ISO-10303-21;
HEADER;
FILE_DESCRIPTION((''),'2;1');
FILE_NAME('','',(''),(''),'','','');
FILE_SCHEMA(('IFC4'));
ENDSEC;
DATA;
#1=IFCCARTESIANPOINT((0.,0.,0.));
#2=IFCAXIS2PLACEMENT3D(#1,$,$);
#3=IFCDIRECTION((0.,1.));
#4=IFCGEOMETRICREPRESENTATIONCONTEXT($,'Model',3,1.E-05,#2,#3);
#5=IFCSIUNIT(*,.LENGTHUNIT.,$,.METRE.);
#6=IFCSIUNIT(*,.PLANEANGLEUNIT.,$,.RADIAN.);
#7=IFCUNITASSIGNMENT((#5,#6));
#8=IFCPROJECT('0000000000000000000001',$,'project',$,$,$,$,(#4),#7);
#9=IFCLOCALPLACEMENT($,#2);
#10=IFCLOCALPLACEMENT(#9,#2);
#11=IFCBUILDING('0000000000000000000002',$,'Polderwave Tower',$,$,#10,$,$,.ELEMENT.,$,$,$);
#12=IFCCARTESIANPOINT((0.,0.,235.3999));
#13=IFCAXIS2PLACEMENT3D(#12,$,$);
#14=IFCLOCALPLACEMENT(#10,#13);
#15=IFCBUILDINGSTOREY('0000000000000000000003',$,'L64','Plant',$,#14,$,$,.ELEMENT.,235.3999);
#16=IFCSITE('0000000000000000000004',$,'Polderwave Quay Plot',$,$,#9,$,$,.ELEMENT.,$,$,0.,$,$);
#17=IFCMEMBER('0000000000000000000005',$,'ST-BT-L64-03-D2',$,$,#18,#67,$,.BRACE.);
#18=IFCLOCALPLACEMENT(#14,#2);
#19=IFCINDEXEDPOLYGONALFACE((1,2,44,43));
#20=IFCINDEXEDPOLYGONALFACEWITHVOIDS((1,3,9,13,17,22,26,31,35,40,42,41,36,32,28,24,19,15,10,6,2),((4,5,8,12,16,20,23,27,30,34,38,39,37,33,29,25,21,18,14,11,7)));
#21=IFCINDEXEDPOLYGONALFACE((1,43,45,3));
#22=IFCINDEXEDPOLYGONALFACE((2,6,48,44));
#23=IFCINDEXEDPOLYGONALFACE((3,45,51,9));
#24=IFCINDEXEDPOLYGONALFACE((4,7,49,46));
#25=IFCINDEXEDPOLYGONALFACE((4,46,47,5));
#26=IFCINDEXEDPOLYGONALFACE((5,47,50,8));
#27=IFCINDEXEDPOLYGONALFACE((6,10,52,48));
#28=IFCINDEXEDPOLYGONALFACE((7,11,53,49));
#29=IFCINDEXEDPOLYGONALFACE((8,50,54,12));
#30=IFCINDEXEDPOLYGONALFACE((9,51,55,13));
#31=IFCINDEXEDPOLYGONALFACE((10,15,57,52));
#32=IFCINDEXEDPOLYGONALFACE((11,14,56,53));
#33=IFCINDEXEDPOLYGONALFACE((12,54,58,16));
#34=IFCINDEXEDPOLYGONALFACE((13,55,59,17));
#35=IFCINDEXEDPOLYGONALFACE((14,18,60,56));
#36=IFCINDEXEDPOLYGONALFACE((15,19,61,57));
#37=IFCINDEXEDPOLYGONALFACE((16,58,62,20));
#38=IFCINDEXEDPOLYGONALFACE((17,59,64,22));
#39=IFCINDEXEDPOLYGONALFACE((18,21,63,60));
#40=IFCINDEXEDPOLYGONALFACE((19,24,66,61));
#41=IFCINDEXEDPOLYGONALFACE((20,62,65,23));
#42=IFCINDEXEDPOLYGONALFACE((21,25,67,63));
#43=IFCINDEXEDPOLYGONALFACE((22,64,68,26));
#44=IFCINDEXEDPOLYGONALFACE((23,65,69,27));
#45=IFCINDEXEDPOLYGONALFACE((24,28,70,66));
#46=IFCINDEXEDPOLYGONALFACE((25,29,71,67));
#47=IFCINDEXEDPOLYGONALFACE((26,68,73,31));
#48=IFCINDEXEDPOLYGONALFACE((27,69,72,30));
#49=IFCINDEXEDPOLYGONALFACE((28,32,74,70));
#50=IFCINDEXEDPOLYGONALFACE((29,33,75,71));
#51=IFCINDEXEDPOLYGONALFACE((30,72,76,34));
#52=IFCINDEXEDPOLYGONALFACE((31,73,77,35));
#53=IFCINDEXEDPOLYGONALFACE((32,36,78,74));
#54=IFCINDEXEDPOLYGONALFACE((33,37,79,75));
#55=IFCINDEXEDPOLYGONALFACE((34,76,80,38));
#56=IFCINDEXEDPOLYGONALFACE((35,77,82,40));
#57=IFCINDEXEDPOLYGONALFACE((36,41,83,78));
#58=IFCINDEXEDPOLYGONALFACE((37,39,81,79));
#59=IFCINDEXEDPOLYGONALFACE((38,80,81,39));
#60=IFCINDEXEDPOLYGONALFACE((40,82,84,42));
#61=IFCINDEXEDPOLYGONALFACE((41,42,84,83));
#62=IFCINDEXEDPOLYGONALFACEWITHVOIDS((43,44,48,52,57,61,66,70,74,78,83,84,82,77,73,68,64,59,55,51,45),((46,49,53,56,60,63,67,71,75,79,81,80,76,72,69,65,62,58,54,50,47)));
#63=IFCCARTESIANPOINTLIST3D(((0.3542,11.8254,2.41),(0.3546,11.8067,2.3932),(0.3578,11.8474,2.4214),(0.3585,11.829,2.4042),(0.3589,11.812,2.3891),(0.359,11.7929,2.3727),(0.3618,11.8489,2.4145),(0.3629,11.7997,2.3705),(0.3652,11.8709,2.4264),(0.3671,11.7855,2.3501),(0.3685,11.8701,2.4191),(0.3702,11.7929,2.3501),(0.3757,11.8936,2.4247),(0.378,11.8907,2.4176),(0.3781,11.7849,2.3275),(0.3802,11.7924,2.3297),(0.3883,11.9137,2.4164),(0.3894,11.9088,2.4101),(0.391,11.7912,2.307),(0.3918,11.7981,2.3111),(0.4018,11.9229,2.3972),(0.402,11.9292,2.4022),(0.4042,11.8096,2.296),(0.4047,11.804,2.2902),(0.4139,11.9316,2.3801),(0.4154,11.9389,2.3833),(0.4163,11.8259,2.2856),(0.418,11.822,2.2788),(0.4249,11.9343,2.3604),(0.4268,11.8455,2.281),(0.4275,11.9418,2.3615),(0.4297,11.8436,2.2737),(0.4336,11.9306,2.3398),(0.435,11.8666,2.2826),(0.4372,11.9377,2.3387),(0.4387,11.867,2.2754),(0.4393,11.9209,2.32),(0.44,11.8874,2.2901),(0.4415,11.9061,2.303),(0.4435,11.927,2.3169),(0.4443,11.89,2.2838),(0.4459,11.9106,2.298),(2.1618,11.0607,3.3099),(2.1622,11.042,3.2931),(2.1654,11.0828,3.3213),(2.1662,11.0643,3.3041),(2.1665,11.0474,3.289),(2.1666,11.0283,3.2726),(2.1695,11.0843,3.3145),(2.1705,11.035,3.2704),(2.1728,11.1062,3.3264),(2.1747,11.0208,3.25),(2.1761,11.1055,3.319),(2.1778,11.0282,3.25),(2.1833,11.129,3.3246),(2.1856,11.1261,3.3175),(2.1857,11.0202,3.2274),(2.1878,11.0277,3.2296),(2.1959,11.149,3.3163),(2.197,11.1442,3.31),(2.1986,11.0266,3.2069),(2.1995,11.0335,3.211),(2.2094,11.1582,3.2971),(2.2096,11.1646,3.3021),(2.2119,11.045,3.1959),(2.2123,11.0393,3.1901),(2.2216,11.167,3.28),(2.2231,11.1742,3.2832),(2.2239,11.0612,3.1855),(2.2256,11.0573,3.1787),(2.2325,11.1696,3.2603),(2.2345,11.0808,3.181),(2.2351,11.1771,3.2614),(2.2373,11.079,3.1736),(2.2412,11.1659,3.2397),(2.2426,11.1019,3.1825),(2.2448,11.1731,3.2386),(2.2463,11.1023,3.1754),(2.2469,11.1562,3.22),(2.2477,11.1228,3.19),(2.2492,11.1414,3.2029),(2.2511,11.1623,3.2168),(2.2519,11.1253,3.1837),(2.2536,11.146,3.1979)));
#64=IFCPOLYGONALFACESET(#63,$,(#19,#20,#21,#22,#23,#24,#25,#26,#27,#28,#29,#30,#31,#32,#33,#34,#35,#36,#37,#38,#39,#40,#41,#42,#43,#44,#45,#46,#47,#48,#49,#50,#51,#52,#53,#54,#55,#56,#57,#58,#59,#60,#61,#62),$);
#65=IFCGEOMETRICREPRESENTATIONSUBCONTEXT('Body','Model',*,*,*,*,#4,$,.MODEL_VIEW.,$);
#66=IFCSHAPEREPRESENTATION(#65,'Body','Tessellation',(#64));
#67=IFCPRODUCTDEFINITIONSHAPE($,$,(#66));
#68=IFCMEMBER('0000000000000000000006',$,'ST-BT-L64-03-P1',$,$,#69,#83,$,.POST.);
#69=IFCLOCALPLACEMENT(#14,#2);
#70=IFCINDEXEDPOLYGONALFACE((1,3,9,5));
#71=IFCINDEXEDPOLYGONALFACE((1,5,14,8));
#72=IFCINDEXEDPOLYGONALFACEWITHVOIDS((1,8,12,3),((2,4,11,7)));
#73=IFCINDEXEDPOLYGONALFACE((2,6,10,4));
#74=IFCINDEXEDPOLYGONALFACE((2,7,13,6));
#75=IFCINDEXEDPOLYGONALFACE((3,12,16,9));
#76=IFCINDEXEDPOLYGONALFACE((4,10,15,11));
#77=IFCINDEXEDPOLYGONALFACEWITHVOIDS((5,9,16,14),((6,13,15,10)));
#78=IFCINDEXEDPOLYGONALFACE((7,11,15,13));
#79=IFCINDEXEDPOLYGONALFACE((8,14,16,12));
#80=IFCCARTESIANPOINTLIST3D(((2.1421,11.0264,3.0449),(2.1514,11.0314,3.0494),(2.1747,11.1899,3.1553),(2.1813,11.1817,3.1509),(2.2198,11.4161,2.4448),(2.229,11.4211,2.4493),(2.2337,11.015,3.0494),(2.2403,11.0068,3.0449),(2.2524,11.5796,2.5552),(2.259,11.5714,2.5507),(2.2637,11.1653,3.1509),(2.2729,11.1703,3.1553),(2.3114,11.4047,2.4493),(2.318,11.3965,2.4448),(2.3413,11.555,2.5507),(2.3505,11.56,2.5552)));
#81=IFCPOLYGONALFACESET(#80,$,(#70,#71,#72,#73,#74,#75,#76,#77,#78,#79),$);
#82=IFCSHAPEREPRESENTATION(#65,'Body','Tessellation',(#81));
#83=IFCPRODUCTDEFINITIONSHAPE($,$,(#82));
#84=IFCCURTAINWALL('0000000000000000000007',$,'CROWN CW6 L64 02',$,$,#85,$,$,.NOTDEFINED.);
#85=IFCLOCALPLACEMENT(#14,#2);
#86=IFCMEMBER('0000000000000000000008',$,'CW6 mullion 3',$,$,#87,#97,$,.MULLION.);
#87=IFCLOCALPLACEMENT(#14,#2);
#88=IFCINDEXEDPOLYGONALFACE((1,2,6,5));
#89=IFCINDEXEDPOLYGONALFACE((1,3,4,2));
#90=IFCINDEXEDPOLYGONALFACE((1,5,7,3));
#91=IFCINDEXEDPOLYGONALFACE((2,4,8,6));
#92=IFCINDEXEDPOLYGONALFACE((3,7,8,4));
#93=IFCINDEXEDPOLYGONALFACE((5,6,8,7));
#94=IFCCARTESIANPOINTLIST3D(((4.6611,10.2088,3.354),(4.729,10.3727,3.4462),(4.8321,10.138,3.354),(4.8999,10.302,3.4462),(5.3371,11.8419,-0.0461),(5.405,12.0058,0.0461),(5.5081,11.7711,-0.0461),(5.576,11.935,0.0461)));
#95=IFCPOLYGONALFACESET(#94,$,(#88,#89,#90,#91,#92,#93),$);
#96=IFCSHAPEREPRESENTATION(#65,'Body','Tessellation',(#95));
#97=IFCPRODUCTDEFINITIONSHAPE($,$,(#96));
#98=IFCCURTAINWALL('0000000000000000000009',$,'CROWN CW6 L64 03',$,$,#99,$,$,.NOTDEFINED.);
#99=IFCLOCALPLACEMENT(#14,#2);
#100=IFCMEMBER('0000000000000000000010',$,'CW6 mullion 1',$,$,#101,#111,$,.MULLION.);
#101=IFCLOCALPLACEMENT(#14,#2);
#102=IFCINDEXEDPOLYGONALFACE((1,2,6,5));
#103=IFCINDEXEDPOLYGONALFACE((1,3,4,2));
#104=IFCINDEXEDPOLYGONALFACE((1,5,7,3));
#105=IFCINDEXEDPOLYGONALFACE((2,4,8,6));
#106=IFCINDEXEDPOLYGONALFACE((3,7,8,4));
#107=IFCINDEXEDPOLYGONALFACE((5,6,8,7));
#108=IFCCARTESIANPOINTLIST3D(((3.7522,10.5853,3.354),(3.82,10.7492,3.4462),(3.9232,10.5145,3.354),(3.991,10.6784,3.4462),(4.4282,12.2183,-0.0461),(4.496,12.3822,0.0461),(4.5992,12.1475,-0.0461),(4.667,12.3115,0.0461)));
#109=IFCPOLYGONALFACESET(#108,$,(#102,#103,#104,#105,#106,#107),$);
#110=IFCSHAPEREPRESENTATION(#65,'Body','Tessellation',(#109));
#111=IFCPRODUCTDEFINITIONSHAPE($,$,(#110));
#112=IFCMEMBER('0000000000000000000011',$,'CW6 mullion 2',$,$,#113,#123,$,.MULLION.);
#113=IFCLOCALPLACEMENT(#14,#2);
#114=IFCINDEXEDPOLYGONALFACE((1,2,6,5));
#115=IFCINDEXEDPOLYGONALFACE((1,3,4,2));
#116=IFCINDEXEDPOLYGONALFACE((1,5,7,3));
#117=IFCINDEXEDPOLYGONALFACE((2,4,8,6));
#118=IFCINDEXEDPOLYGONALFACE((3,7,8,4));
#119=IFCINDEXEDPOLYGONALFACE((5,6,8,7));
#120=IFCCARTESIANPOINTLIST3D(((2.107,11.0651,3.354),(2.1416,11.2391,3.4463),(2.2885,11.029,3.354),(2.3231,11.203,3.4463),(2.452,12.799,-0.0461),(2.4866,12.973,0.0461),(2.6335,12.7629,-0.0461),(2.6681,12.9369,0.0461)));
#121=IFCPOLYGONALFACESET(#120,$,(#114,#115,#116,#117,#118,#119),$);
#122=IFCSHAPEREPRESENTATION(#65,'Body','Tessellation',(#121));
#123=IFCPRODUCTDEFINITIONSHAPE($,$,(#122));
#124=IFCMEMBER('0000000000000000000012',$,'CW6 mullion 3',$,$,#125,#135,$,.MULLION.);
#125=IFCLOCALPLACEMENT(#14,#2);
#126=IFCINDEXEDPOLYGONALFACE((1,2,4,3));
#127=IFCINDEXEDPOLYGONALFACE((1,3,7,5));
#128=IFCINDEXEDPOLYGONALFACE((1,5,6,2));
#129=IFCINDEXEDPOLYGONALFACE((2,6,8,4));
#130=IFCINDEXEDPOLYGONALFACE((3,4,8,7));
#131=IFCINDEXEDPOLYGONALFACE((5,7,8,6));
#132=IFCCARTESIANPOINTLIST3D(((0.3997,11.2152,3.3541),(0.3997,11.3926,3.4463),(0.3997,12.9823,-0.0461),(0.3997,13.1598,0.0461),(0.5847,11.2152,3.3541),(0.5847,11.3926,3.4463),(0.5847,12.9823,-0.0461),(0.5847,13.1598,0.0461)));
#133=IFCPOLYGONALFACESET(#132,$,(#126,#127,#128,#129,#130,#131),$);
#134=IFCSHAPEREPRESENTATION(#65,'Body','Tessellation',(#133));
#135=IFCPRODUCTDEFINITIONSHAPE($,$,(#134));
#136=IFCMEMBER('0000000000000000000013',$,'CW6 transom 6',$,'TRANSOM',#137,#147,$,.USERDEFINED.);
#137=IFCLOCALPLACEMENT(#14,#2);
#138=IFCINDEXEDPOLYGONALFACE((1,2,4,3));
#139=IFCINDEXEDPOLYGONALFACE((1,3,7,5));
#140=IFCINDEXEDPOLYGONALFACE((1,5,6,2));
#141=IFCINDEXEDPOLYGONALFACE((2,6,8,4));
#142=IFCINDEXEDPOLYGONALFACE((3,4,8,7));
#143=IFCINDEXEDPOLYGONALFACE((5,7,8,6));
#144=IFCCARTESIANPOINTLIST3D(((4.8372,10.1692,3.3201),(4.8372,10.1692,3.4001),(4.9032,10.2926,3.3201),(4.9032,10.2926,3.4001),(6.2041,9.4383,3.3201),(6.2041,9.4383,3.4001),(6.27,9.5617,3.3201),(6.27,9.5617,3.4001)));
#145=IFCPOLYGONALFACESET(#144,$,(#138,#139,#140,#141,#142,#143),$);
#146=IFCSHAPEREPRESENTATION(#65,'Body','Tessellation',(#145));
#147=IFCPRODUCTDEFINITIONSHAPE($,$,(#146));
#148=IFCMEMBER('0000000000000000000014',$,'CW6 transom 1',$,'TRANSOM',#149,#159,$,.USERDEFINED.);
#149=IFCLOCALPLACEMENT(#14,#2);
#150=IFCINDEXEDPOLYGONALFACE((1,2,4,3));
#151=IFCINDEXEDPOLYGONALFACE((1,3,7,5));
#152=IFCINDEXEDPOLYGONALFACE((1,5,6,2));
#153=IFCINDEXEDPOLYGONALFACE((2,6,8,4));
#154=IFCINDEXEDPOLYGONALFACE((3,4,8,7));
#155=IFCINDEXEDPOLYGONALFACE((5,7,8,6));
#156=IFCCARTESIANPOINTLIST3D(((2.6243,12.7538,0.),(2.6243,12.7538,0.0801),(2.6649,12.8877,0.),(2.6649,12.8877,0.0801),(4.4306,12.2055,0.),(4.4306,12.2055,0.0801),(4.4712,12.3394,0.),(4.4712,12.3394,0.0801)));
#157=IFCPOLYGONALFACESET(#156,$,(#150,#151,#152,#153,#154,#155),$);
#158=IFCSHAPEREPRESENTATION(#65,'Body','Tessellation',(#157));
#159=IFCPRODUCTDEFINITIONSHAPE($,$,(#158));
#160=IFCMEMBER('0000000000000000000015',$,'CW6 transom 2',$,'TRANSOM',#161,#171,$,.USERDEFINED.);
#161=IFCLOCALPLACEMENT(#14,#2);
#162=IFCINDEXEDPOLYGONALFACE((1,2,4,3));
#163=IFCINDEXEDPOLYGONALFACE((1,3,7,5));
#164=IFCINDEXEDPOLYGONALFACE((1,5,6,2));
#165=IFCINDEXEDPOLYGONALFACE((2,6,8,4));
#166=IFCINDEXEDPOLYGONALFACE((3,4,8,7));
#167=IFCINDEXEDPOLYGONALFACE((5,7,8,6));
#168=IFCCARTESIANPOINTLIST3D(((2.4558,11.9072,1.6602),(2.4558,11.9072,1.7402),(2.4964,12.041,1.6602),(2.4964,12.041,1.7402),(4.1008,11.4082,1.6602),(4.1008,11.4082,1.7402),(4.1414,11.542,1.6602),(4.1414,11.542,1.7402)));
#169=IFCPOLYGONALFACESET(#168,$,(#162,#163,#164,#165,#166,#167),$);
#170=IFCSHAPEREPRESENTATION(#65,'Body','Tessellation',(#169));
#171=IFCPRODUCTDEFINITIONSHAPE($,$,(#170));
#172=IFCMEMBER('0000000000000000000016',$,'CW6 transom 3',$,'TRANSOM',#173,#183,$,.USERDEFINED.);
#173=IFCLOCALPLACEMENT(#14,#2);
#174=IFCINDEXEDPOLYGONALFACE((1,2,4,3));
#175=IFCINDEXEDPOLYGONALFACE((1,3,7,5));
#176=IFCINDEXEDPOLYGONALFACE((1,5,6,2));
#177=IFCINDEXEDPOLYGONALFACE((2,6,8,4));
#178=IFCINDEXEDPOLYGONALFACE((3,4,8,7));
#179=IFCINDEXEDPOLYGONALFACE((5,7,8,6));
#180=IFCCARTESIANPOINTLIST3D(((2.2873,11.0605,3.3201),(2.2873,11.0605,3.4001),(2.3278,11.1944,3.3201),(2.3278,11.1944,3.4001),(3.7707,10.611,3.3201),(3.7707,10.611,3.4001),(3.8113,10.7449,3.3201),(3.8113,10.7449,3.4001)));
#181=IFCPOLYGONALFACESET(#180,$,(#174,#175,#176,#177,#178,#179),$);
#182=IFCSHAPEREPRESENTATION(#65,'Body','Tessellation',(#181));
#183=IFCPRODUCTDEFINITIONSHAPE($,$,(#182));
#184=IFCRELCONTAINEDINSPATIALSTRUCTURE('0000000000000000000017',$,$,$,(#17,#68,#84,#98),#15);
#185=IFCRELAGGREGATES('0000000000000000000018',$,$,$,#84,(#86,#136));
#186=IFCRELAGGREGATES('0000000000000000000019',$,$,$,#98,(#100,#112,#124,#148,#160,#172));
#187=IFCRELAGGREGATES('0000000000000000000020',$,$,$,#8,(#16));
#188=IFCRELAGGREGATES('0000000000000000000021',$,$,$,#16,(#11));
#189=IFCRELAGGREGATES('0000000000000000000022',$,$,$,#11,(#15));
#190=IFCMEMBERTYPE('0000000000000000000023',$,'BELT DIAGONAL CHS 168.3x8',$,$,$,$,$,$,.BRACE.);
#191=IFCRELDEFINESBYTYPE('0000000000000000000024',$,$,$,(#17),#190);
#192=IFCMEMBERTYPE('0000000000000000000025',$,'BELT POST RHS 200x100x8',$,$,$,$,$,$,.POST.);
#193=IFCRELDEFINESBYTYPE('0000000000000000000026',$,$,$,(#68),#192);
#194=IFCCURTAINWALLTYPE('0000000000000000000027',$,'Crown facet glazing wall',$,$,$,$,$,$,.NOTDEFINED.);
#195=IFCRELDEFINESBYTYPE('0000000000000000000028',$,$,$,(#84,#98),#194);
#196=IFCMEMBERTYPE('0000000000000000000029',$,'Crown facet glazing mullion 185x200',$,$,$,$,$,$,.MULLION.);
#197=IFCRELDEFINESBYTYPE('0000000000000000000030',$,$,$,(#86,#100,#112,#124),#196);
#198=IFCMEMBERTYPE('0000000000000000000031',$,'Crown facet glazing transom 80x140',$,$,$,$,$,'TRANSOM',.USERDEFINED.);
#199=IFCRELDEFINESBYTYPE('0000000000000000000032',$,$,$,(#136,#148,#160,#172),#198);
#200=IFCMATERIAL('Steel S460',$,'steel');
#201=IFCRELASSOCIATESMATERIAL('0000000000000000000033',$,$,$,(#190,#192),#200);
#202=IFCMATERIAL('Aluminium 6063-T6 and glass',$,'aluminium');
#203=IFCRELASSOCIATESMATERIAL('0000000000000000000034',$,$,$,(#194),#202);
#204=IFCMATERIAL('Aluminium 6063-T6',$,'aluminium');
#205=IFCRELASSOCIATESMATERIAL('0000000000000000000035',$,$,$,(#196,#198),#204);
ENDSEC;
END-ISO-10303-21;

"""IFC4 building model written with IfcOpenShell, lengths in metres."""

from ifc_helpers import new_model, si_unit, direction, frame, origin, origin_2d, place, context, subcontext, project, spatial, rectangle, hollow_rectangle, hollow_circle, extrude, material, material_profile, profile_set, type_object, element, aggregate, save


model = new_model("IFC4")

# Units and contexts
model_context = context("Model", 3, precision=1e-05, world=origin(), true_north=direction((0.0, 1.0)))
body_context = subcontext(model_context, "Body", "Model", "MODEL_VIEW")
ifc_project = project(units=[si_unit("LENGTHUNIT", "METRE"), si_unit("PLANEANGLEUNIT", "RADIAN")], contexts=[model_context])

# Site, building, storey
site_placement = place(None, origin())
site = spatial("IfcSite", under=ifc_project, at=site_placement, Name="Polderwave Quay Plot", CompositionType="ELEMENT", RefElevation=0.0)
building_placement = place(site_placement, origin())
building = spatial("IfcBuilding", under=site, at=building_placement, Name="Polderwave Tower", CompositionType="ELEMENT")
storey_placement = place(building_placement, frame((0.0, 0.0, 235.3999)))
storey = spatial("IfcBuildingStorey", under=building, at=storey_placement, Name="L64", Description="Plant", CompositionType="ELEMENT", Elevation=235.3999)

# Members
ifc_material_1 = material(Name="Steel S460", Category="steel")
ifc_material_profile_1 = material_profile(ifc_material_1, hollow_circle(Radius=0.0842, WallThickness=0.0081, at=origin_2d()), Name="CHS 168.3x8")
ifc_profile_set_1 = profile_set([ifc_material_profile_1], Name="Steel S460")
member_type_1 = type_object("IfcMemberType", Name="BELT DIAGONAL CHS 168.3x8", PredefinedType="BRACE", material=ifc_profile_set_1)
for number, where, z_axis, x_axis, name in (
    (1, (2.2075, 11.0984, 3.25), (-0.837184, 0.354141, -0.416783), (-0.389591, -0.920988, 0.0), "ST-BT-L64-03-D2"),
):
    element("IfcMember", number, at=place(storey_placement, frame(where, z_axis=z_axis, x_axis=x_axis)), inside=storey, type_object=member_type_1, Name=name, PredefinedType="BRACE", context=body_context, shape_type="SweptSolid", body=[
        extrude(hollow_circle(Radius=0.0842, WallThickness=0.0081, at=origin_2d()), origin(), (0.0, 0.0, 1.0), 2.1592),
    ])
ifc_material_profile_2 = material_profile(ifc_material_1, hollow_rectangle(XDim=0.1001, YDim=0.2, WallThickness=0.0081, at=origin_2d()), Name="RHS 200x100x8")
ifc_profile_set_2 = profile_set([ifc_material_profile_2], Name="Steel S460")
member_type_2 = type_object("IfcMemberType", Name="BELT POST RHS 200x100x8", PredefinedType="POST", material=ifc_profile_set_2)
member_1_placement = place(storey_placement, frame((2.2852, 11.488, 2.5), z_axis=(-0.107873, -0.541403, 0.833814), x_axis=(0.980722, -0.195407, 0.0)))
element("IfcMember", 2, at=member_1_placement, inside=storey, type_object=member_type_2, Name="ST-BT-L64-03-P1", PredefinedType="POST", context=body_context, shape_type="SweptSolid", body=[
    extrude(hollow_rectangle(XDim=0.1001, YDim=0.2, WallThickness=0.0081, at=origin_2d()), origin(), (0.0, 0.0, 1.0), 0.7197),
])

# Curtain wall, member
ifc_material_2 = material(Name="Aluminium 6063-T6 and glass", Category="aluminium")
curtain_wall_type = type_object("IfcCurtainWallType", Name="Crown facet glazing wall", PredefinedType="NOTDEFINED", material=ifc_material_2)
curtain_wall_1_placement = place(storey_placement, origin())
curtain_wall_1 = element("IfcCurtainWall", 3, at=curtain_wall_1_placement, inside=storey, type_object=curtain_wall_type, Name="CROWN CW6 L64 02", PredefinedType="NOTDEFINED")
ifc_material_3 = material(Name="Aluminium 6063-T6", Category="aluminium")
ifc_material_profile_3 = material_profile(ifc_material_3, rectangle(XDim=0.1851, YDim=0.2, at=origin_2d()), Name="AL 185x200")
ifc_profile_set_3 = profile_set([ifc_material_profile_3], Name="Aluminium 6063-T6")
member_type_3 = type_object("IfcMemberType", Name="Crown facet glazing mullion 185x200", PredefinedType="MULLION", material=ifc_profile_set_3)
member_2_placement = place(storey_placement, frame((5.4565, 11.8884, 0.0), z_axis=(-0.176412, -0.426153, 0.887284), x_axis=(0.923961, -0.382486, 0.0)))
member_2 = element("IfcMember", 4, at=member_2_placement, type_object=member_type_3, Name="CW6 mullion 3", PredefinedType="MULLION", context=body_context, shape_type="SweptSolid", body=[
    extrude(rectangle(XDim=0.1851, YDim=0.2, at=origin_2d()), origin(), (0.0, 0.0, 1.0), 3.832),
])

# Curtain wall, members
curtain_wall_2_placement = place(storey_placement, origin())
curtain_wall_2 = element("IfcCurtainWall", 5, at=curtain_wall_2_placement, inside=storey, type_object=curtain_wall_type, Name="CROWN CW6 L64 03", PredefinedType="NOTDEFINED")
member_3_placement = place(storey_placement, frame((4.5476, 12.2649, 0.0), z_axis=(-0.176412, -0.426153, 0.887284), x_axis=(0.923961, -0.382486, 0.0)))
member_3 = element("IfcMember", 6, at=member_3_placement, type_object=member_type_3, Name="CW6 mullion 1", PredefinedType="MULLION", context=body_context, shape_type="SweptSolid", body=[
    extrude(rectangle(XDim=0.1851, YDim=0.2, at=origin_2d()), origin(), (0.0, 0.0, 1.0), 3.832),
])
member_4_placement = place(storey_placement, frame((2.5601, 12.8679, 0.0), z_axis=(-0.090017, -0.452443, 0.887239), x_axis=(0.980777, -0.195133, 0.0)))
member_4 = element("IfcMember", 7, at=member_4_placement, type_object=member_type_3, Name="CW6 mullion 2", PredefinedType="MULLION", context=body_context, shape_type="SweptSolid", body=[
    extrude(rectangle(XDim=0.1851, YDim=0.2, at=origin_2d()), origin(), (0.0, 0.0, 1.0), 3.8323),
])
member_5_placement = place(storey_placement, frame((0.4922, 13.071, 0.0), z_axis=(0.0, -0.46115, 0.887322), x_axis=(1.0, 0.0, 0.0)))
member_5 = element("IfcMember", 8, at=member_5_placement, type_object=member_type_3, Name="CW6 mullion 3", PredefinedType="MULLION", context=body_context, shape_type="SweptSolid", body=[
    extrude(rectangle(XDim=0.1851, YDim=0.2, at=origin_2d()), origin(), (0.0, 0.0, 1.0), 3.832),
])

# Members
ifc_material_profile_4 = material_profile(ifc_material_3, rectangle(XDim=0.1399, YDim=0.0801, at=origin_2d()), Name="AL 80x140")
ifc_profile_set_4 = profile_set([ifc_material_profile_4], Name="Aluminium 6063-T6")
member_type_4 = type_object("IfcMemberType", Name="Crown facet glazing transom 80x140", ElementType="TRANSOM", PredefinedType="USERDEFINED", material=ifc_profile_set_4)
member_6_placement = place(storey_placement, frame((6.2371, 9.5, 3.3601), z_axis=(-0.881838, 0.471553, 0.0), x_axis=(-0.471553, -0.881838, 0.0)))
member_6 = element("IfcMember", 9, at=member_6_placement, type_object=member_type_4, Name="CW6 transom 6", ObjectType="TRANSOM", PredefinedType="USERDEFINED", context=body_context, shape_type="SweptSolid", body=[
    extrude(rectangle(XDim=0.1399, YDim=0.0801, at=origin_2d()), origin(), (0.0, 0.0, 1.0), 1.55),
])
aggregate(curtain_wall_1, [member_2, member_6])
member_7_placement = place(storey_placement, frame((4.4509, 12.2725, 0.04), z_axis=(-0.956885, 0.290467, 0.0), x_axis=(-0.290467, -0.956885, 0.0)))
member_7 = element("IfcMember", 10, at=member_7_placement, type_object=member_type_4, Name="CW6 transom 1", ObjectType="TRANSOM", PredefinedType="USERDEFINED", context=body_context, shape_type="SweptSolid", body=[
    extrude(rectangle(XDim=0.1399, YDim=0.0801, at=origin_2d()), origin(), (0.0, 0.0, 1.0), 1.8877),
])
member_8_placement = place(storey_placement, frame((4.1211, 11.4751, 1.7002), z_axis=(-0.956938, 0.290291, 0.0), x_axis=(-0.290291, -0.956938, 0.0)))
member_8 = element("IfcMember", 11, at=member_8_placement, type_object=member_type_4, Name="CW6 transom 2", ObjectType="TRANSOM", PredefinedType="USERDEFINED", context=body_context, shape_type="SweptSolid", body=[
    extrude(rectangle(XDim=0.1399, YDim=0.0801, at=origin_2d()), origin(), (0.0, 0.0, 1.0), 1.719),
])
member_9_placement = place(storey_placement, frame((3.791, 10.678, 3.3601), z_axis=(-0.957034, 0.289977, 0.0), x_axis=(-0.289977, -0.957034, 0.0)))
member_9 = element("IfcMember", 12, at=member_9_placement, type_object=member_type_4, Name="CW6 transom 3", ObjectType="TRANSOM", PredefinedType="USERDEFINED", context=body_context, shape_type="SweptSolid", body=[
    extrude(rectangle(XDim=0.1399, YDim=0.0801, at=origin_2d()), origin(), (0.0, 0.0, 1.0), 1.55),
])

aggregate(curtain_wall_2, [member_3, member_4, member_5, member_7, member_8, member_9])

save(model, "model.ifc")
